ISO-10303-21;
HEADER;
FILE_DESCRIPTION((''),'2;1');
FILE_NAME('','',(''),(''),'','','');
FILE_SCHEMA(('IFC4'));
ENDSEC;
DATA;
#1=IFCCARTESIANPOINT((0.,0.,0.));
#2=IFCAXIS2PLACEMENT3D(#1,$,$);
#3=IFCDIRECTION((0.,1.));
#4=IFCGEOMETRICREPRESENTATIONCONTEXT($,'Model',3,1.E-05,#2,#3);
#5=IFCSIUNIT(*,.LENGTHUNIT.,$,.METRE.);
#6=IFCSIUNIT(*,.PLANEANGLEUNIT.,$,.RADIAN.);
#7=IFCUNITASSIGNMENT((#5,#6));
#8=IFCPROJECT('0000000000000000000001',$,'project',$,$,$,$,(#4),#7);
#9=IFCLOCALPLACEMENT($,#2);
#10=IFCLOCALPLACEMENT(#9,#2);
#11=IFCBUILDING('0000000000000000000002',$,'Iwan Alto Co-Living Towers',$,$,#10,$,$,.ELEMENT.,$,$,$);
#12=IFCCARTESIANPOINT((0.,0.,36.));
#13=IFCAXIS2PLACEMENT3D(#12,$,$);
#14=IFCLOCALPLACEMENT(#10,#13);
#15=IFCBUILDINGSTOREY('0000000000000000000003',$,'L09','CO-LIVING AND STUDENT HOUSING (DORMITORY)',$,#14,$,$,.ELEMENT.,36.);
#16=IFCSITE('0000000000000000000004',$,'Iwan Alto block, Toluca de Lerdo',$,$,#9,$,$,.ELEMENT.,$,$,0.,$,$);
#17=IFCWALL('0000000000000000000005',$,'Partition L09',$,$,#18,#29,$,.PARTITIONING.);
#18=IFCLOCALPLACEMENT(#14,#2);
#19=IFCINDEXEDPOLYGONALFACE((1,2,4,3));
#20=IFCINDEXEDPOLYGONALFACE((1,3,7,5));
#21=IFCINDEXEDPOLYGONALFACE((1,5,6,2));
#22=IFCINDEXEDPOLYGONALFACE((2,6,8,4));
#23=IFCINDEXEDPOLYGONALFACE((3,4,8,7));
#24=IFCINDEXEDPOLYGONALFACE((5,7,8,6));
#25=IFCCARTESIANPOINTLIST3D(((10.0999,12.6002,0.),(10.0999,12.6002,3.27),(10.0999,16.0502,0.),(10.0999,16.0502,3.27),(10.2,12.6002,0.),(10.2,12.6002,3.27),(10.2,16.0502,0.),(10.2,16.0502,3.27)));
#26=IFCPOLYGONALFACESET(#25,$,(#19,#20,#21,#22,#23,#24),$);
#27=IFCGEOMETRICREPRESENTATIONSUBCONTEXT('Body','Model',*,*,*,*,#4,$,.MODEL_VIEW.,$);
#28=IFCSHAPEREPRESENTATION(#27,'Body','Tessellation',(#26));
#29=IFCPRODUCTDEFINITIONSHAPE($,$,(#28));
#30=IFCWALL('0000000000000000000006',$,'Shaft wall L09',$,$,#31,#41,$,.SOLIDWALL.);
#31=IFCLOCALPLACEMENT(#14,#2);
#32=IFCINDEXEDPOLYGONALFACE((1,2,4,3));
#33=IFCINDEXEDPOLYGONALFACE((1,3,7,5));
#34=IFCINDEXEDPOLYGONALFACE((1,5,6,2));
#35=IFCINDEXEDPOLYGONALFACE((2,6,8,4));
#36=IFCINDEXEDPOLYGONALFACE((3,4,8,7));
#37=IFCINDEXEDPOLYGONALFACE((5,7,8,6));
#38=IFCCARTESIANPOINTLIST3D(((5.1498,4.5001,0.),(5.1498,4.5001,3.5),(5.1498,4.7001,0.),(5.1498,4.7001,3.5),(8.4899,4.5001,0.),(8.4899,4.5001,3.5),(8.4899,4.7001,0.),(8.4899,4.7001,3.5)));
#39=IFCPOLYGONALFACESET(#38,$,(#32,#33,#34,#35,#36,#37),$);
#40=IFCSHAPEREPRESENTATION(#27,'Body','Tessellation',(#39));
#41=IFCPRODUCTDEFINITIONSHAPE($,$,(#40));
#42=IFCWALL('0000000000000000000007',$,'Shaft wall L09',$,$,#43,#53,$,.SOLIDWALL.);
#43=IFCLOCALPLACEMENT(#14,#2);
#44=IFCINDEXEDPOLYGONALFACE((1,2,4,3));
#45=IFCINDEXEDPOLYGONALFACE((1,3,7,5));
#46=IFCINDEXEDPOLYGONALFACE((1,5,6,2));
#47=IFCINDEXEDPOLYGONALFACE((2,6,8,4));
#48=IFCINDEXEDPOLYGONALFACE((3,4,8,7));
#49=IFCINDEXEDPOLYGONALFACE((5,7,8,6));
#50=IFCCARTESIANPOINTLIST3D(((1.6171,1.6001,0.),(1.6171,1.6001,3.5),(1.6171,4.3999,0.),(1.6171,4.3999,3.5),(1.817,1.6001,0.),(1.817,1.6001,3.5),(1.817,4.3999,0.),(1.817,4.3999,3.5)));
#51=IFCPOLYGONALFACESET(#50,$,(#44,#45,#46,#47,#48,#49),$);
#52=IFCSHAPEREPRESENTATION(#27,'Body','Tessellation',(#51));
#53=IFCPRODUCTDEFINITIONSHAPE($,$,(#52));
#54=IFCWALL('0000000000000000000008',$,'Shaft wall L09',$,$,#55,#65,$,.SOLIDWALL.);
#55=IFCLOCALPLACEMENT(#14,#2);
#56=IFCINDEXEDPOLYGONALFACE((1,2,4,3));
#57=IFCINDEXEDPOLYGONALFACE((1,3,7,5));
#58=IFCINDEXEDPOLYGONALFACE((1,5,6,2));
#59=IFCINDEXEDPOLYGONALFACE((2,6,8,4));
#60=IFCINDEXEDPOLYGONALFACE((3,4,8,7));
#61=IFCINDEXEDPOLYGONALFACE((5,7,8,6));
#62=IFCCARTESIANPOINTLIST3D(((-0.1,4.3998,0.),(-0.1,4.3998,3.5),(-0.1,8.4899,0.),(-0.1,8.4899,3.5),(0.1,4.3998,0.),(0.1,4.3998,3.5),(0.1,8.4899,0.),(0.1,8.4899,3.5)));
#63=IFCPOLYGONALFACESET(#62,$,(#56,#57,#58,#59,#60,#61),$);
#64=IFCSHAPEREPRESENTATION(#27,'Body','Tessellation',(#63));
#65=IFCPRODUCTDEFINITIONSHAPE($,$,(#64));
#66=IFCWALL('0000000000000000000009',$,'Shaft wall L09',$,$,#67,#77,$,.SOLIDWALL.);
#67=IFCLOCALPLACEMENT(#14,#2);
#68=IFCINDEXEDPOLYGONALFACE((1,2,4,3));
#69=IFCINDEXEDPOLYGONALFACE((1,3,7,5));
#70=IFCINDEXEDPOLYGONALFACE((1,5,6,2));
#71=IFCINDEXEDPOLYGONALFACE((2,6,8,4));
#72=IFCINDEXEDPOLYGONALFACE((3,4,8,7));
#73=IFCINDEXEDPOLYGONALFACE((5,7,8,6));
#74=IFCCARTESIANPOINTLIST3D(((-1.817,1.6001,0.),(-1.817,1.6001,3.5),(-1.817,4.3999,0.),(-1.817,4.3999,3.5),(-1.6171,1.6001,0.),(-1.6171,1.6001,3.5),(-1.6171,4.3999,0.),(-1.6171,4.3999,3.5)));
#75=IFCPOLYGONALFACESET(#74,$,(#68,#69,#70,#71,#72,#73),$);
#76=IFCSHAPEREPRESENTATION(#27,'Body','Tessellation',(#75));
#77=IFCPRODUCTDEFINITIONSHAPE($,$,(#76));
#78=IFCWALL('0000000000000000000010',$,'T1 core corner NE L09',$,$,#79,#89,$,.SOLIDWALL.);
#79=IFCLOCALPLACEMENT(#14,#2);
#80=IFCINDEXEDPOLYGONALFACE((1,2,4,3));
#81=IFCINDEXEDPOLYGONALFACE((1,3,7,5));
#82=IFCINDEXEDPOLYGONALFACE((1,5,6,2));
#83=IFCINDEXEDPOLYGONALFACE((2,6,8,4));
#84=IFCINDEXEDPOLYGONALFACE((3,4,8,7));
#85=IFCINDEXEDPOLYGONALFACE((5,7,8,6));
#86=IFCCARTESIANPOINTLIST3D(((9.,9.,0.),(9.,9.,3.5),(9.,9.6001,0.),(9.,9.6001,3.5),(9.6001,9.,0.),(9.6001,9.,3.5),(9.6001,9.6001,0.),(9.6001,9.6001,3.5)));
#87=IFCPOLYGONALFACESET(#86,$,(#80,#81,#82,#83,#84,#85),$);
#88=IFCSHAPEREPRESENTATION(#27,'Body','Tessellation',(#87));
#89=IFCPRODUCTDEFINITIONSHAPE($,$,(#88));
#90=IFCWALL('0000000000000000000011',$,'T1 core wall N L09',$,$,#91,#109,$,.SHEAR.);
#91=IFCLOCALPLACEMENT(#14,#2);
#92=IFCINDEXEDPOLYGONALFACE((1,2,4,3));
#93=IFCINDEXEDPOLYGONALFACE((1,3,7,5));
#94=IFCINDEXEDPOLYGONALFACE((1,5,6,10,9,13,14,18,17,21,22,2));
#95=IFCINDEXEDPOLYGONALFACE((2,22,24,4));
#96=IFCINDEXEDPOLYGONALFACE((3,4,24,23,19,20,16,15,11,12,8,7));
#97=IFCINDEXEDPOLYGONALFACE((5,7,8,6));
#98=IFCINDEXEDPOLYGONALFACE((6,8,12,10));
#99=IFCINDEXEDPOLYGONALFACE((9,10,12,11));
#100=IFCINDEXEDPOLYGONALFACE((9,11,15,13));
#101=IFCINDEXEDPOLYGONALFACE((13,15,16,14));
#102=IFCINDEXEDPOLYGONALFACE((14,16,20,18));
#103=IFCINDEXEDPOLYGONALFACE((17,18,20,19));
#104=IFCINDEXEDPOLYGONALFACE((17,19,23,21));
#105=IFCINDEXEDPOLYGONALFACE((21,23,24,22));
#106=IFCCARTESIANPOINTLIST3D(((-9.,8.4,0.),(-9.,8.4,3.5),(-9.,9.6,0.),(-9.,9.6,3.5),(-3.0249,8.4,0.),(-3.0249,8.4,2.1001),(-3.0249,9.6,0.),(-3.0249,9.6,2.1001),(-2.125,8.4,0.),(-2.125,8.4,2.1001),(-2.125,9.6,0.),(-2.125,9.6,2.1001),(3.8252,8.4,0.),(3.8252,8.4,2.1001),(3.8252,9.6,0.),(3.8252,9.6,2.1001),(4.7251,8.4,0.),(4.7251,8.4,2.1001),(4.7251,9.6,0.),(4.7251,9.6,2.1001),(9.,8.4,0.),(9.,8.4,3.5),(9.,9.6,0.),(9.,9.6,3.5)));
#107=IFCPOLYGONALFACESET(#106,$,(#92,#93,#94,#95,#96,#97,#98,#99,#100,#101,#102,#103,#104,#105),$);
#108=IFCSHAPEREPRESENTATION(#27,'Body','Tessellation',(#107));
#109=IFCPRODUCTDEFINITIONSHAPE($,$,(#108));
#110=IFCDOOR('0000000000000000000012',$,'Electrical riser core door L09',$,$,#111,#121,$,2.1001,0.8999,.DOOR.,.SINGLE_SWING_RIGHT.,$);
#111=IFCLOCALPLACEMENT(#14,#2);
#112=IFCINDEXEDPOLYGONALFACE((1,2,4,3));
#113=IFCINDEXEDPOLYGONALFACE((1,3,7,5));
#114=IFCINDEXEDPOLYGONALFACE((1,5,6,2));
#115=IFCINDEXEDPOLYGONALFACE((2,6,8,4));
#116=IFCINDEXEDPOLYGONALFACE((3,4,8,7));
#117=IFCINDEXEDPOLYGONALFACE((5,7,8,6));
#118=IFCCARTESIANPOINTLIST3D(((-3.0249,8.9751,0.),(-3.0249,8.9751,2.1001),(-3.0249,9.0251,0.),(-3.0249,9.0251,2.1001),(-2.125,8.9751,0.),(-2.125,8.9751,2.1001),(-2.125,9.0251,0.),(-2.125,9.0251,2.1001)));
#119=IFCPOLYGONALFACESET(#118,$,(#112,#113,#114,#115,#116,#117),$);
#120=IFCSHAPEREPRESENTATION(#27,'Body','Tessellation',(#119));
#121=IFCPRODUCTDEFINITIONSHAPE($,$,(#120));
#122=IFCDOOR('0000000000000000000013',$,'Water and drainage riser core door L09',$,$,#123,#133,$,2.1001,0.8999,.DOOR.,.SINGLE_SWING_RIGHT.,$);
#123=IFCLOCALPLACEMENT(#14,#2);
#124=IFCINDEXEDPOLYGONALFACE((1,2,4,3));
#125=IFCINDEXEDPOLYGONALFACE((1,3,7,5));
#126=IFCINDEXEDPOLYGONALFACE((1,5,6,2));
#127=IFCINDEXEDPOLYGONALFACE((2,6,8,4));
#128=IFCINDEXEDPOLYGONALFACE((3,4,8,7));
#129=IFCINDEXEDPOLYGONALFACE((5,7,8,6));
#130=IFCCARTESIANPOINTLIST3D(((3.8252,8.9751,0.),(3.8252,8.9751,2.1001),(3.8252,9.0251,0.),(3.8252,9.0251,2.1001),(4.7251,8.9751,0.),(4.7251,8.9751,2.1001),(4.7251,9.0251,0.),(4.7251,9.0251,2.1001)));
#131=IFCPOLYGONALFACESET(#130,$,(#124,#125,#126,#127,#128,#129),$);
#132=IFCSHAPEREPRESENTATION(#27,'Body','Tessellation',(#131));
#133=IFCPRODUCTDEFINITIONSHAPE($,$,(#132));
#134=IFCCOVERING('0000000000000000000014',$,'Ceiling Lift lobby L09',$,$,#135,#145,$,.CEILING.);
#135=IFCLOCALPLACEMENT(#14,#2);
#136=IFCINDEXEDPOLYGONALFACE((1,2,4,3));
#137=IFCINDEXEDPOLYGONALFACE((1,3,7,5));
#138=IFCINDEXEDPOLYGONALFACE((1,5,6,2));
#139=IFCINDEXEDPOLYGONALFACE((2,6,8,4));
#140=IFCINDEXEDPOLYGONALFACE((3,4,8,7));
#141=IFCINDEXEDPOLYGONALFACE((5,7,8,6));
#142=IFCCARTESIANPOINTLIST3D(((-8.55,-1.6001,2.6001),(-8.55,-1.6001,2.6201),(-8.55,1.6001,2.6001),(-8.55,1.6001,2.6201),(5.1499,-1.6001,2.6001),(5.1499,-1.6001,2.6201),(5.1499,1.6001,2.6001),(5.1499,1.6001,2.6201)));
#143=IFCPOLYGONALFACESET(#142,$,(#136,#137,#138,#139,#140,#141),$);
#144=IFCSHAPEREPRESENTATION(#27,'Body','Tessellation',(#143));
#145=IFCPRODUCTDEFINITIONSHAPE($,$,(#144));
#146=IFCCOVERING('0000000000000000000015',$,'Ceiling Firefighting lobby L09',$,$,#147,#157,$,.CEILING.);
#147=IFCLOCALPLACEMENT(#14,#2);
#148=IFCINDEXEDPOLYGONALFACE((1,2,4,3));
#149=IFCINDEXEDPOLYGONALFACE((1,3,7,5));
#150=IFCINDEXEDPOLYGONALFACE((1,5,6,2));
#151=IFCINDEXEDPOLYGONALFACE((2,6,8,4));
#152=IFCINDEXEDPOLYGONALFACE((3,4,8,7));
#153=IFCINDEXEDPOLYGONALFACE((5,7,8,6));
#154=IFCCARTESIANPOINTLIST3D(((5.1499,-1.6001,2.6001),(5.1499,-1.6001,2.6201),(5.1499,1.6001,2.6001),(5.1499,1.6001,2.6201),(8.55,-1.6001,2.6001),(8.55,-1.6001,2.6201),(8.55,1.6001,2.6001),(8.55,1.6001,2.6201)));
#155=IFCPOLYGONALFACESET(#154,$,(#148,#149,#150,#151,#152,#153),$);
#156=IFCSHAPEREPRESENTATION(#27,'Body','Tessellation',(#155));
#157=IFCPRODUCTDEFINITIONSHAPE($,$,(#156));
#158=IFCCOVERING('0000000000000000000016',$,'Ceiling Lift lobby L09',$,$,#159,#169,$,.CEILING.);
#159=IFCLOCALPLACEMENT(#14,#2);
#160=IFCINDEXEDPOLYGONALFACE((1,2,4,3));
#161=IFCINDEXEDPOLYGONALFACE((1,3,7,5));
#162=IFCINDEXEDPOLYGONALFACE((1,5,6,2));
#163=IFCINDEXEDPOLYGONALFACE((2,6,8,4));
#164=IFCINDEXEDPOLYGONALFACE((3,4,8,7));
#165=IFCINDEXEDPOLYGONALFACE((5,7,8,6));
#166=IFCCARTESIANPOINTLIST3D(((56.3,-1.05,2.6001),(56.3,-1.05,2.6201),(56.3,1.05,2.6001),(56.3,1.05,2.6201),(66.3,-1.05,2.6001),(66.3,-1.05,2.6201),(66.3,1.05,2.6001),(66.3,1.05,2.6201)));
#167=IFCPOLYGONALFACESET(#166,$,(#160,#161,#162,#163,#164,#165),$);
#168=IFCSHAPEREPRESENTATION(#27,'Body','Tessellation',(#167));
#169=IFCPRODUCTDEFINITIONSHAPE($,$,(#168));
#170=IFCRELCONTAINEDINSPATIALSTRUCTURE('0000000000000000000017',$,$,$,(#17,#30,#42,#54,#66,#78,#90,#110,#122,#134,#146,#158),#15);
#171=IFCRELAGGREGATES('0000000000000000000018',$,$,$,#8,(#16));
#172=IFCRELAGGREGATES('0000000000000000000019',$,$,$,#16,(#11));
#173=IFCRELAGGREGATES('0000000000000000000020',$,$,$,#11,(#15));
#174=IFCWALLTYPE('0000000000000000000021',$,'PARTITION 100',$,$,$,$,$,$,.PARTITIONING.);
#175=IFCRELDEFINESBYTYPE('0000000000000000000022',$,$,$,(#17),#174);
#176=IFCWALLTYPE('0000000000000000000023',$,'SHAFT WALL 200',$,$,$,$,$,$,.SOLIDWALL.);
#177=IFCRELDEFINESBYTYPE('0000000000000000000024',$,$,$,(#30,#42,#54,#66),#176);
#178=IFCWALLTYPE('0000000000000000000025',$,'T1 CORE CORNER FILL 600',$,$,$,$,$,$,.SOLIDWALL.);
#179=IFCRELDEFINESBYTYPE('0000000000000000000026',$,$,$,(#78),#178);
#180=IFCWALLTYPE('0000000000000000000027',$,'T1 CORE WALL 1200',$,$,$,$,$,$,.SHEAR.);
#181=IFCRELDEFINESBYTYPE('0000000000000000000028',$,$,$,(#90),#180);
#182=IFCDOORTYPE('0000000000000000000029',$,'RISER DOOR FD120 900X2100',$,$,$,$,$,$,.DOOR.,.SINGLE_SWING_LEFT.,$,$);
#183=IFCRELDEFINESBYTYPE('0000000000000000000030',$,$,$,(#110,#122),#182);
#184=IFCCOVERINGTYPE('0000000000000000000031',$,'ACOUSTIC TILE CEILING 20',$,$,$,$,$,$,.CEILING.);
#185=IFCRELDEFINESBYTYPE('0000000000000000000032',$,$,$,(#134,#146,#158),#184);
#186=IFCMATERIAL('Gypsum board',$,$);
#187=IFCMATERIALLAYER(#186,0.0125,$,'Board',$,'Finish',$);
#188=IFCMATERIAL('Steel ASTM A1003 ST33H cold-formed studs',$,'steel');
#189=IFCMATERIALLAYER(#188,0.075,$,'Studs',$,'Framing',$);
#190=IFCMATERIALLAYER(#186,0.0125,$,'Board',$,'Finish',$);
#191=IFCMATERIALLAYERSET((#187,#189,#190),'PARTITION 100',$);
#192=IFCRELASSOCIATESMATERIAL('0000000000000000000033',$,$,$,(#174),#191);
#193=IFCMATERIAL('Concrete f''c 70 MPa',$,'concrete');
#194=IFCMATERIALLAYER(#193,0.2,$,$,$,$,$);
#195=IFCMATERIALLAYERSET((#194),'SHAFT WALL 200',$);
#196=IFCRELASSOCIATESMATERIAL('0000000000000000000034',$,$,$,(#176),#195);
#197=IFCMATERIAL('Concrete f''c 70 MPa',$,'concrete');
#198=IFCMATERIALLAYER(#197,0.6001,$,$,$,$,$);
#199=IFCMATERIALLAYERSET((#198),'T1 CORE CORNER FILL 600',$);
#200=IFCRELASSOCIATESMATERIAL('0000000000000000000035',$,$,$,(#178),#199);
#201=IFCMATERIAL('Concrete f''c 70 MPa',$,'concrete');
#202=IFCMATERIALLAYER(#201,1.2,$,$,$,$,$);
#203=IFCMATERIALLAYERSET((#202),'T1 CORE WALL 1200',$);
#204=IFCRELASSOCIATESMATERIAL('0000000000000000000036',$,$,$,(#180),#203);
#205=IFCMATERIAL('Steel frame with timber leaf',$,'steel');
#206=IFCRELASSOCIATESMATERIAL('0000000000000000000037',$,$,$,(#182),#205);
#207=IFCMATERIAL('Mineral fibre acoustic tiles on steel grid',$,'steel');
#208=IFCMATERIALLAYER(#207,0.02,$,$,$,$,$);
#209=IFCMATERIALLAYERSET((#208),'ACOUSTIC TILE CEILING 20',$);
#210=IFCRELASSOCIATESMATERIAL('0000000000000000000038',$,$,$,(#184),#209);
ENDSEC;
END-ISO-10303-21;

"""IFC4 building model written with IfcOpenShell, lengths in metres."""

from ifc_helpers import new_model, si_unit, direction, frame, frame_2d, origin, place, context, subcontext, project, spatial, polyline, rectangle, outline, extrude, material, layer, layer_set, type_object, element, fill, save


model = new_model("IFC4")

# Units and contexts
model_context = context("Model", 3, precision=1e-05, world=origin(), true_north=direction((0.0, 1.0)))
body_context = subcontext(model_context, "Body", "Model", "MODEL_VIEW")
ifc_project = project(units=[si_unit("LENGTHUNIT", "METRE"), si_unit("PLANEANGLEUNIT", "RADIAN")], contexts=[model_context])

# Site, building, storey
site_placement = place(None, origin())
site = spatial("IfcSite", under=ifc_project, at=site_placement, Name="Iwan Alto block, Toluca de Lerdo", CompositionType="ELEMENT", RefElevation=0.0)
building_placement = place(site_placement, origin())
building = spatial("IfcBuilding", under=site, at=building_placement, Name="Iwan Alto Co-Living Towers", CompositionType="ELEMENT")
storey_placement = place(building_placement, frame((0.0, 0.0, 36.0)))
storey = spatial("IfcBuildingStorey", under=building, at=storey_placement, Name="L09", Description="CO-LIVING AND STUDENT HOUSING (DORMITORY)", CompositionType="ELEMENT", Elevation=36.0)

# Walls
ifc_material_1 = material(Name="Gypsum board")
ifc_layer_1 = layer(ifc_material_1, 0.0125, Name="Board", Category="Finish")
ifc_material_2 = material(Name="Steel ASTM A1003 ST33H cold-formed studs", Category="steel")
ifc_layer_2 = layer(ifc_material_2, 0.075, Name="Studs", Category="Framing")
ifc_layer_3 = layer(ifc_material_1, 0.0125, Name="Board", Category="Finish")
ifc_layer_set_1 = layer_set([ifc_layer_1, ifc_layer_2, ifc_layer_3], Name="PARTITION 100")
wall_type_1 = type_object("IfcWallType", Name="PARTITION 100", PredefinedType="PARTITIONING", material=ifc_layer_set_1)
wall_1_placement = place(storey_placement, frame((10.1499, 12.6001, 0.0), z_axis=(0.0, 0.0, 1.0), x_axis=(0.0, 1.0, 0.0)))
element("IfcWall", 1, at=wall_1_placement, inside=storey, type_object=wall_type_1, Name="Partition L09", PredefinedType="PARTITIONING", context=body_context, shape_type="SweptSolid", body=[
    extrude(rectangle(XDim=3.45, YDim=0.1001, at=frame_2d((1.7251, 0.0))), origin(), (0.0, 0.0, 1.0), 3.27),
])
ifc_material_3 = material(Name="Concrete f'c 70 MPa", Category="concrete")
ifc_layer_4 = layer(ifc_material_3, 0.2)
ifc_layer_set_2 = layer_set([ifc_layer_4], Name="SHAFT WALL 200")
wall_type_2 = type_object("IfcWallType", Name="SHAFT WALL 200", PredefinedType="SOLIDWALL", material=ifc_layer_set_2)
wall_2_placement = place(storey_placement, frame((5.1499, 4.6001, 0.0), z_axis=(0.0, 0.0, 1.0), x_axis=(1.0, 0.0, 0.0)))
element("IfcWall", 2, at=wall_2_placement, inside=storey, type_object=wall_type_2, Name="Shaft wall L09", PredefinedType="SOLIDWALL", context=body_context, shape_type="SweptSolid", body=[
    extrude(rectangle(XDim=3.3401, YDim=0.2, at=frame_2d((1.6699, 0.0))), origin(), (0.0, 0.0, 1.0), 3.5),
])
wall_3_placement = place(storey_placement, frame((1.717, 1.6001, 0.0), z_axis=(0.0, 0.0, 1.0), x_axis=(0.0, 1.0, 0.0)))
element("IfcWall", 3, at=wall_3_placement, inside=storey, type_object=wall_type_2, Name="Shaft wall L09", PredefinedType="SOLIDWALL", context=body_context, shape_type="SweptSolid", body=[
    extrude(rectangle(XDim=2.7998, YDim=0.2, at=frame_2d((1.3999, 0.0))), origin(), (0.0, 0.0, 1.0), 3.5),
])
wall_4_placement = place(storey_placement, frame((0.0, 4.3999, 0.0), z_axis=(0.0, 0.0, 1.0), x_axis=(0.0, 1.0, 0.0)))
element("IfcWall", 4, at=wall_4_placement, inside=storey, type_object=wall_type_2, Name="Shaft wall L09", PredefinedType="SOLIDWALL", context=body_context, shape_type="SweptSolid", body=[
    extrude(rectangle(XDim=4.0901, YDim=0.2, at=frame_2d((2.0449, 0.0))), origin(), (0.0, 0.0, 1.0), 3.5),
])
wall_5_placement = place(storey_placement, frame((-1.717, 1.6001, 0.0), z_axis=(0.0, 0.0, 1.0), x_axis=(0.0, 1.0, 0.0)))
element("IfcWall", 5, at=wall_5_placement, inside=storey, type_object=wall_type_2, Name="Shaft wall L09", PredefinedType="SOLIDWALL", context=body_context, shape_type="SweptSolid", body=[
    extrude(rectangle(XDim=2.7998, YDim=0.2, at=frame_2d((1.3999, 0.0))), origin(), (0.0, 0.0, 1.0), 3.5),
])
ifc_material_4 = material(Name="Concrete f'c 70 MPa", Category="concrete")
ifc_layer_5 = layer(ifc_material_4, 0.6001)
ifc_layer_set_3 = layer_set([ifc_layer_5], Name="T1 CORE CORNER FILL 600")
wall_type_3 = type_object("IfcWallType", Name="T1 CORE CORNER FILL 600", PredefinedType="SOLIDWALL", material=ifc_layer_set_3)
wall_6_placement = place(storey_placement, frame((9.0, 9.3, 0.0), z_axis=(0.0, 0.0, 1.0), x_axis=(1.0, 0.0, 0.0)))
element("IfcWall", 6, at=wall_6_placement, inside=storey, type_object=wall_type_3, Name="T1 core corner NE L09", PredefinedType="SOLIDWALL", context=body_context, shape_type="SweptSolid", body=[
    extrude(rectangle(XDim=0.6001, YDim=0.6001, at=frame_2d((0.3, 0.0))), origin(), (0.0, 0.0, 1.0), 3.5),
])

# Wall, openings, doors
ifc_material_5 = material(Name="Concrete f'c 70 MPa", Category="concrete")
ifc_layer_6 = layer(ifc_material_5, 1.2)
ifc_layer_set_4 = layer_set([ifc_layer_6], Name="T1 CORE WALL 1200")
wall_type_4 = type_object("IfcWallType", Name="T1 CORE WALL 1200", PredefinedType="SHEAR", material=ifc_layer_set_4)
wall_7_placement = place(storey_placement, frame((9.0, 9.0, 0.0), z_axis=(0.0, 0.0, 1.0), x_axis=(-1.0, 0.0, 0.0)))
wall_7 = element("IfcWall", 7, at=wall_7_placement, inside=storey, type_object=wall_type_4, Name="T1 core wall N L09", PredefinedType="SHEAR", context=body_context, shape_type="SweptSolid", body=[
    extrude(rectangle(XDim=18.0, YDim=1.2, at=frame_2d((9.0, 0.0))), origin(), (0.0, 0.0, 1.0), 3.5),
])
opening_1_placement = place(wall_7_placement, frame((11.125, 0.0, 0.0)))
opening_1 = element("IfcOpeningElement", 8, at=opening_1_placement, cuts=wall_7, PredefinedType="OPENING", context=body_context, shape_type="SweptSolid", body=[
    extrude(rectangle(XDim=0.8999, YDim=2.1001, at=frame_2d((0.45, 1.05))), frame((0.0, 0.6099, 0.0), z_axis=(0.0, -1.0, 0.0), x_axis=(1.0, 0.0, 0.0)), (0.0, 0.0, 1.0), 1.22),
])
opening_2_placement = place(wall_7_placement, frame((4.2749, 0.0, 0.0)))
opening_2 = element("IfcOpeningElement", 9, at=opening_2_placement, cuts=wall_7, PredefinedType="OPENING", context=body_context, shape_type="SweptSolid", body=[
    extrude(rectangle(XDim=0.8999, YDim=2.1001, at=frame_2d((0.45, 1.05))), frame((0.0, 0.6099, 0.0), z_axis=(0.0, -1.0, 0.0), x_axis=(1.0, 0.0, 0.0)), (0.0, 0.0, 1.0), 1.22),
])
ifc_material_6 = material(Name="Steel frame with timber leaf", Category="steel")
door_type = type_object("IfcDoorType", Name="RISER DOOR FD120 900X2100", OperationType="SINGLE_SWING_LEFT", PredefinedType="DOOR", material=ifc_material_6)
door_1_placement = place(opening_1_placement, origin())
door_1 = element("IfcDoor", 10, at=door_1_placement, inside=storey, type_object=door_type, Name="Electrical riser core door L09", OperationType="SINGLE_SWING_RIGHT", OverallHeight=2.1001, OverallWidth=0.8999, PredefinedType="DOOR", context=body_context, shape_type="SweptSolid", body=[
    extrude(rectangle(XDim=0.8999, YDim=2.1001, at=frame_2d((0.45, 1.05))), frame((0.0, 0.0249, 0.0), z_axis=(0.0, -1.0, 0.0), x_axis=(1.0, 0.0, 0.0)), (0.0, 0.0, 1.0), 0.05),
])
fill(opening_1, door_1)
door_2_placement = place(opening_2_placement, origin())
door_2 = element("IfcDoor", 11, at=door_2_placement, inside=storey, type_object=door_type, Name="Water and drainage riser core door L09", OperationType="SINGLE_SWING_RIGHT", OverallHeight=2.1001, OverallWidth=0.8999, PredefinedType="DOOR", context=body_context, shape_type="SweptSolid", body=[
    extrude(rectangle(XDim=0.8999, YDim=2.1001, at=frame_2d((0.45, 1.05))), frame((0.0, 0.0249, 0.0), z_axis=(0.0, -1.0, 0.0), x_axis=(1.0, 0.0, 0.0)), (0.0, 0.0, 1.0), 0.05),
])
fill(opening_2, door_2)

# Coverings
ifc_material_7 = material(Name="Mineral fibre acoustic tiles on steel grid", Category="steel")
ifc_layer_7 = layer(ifc_material_7, 0.02)
ifc_layer_set_5 = layer_set([ifc_layer_7], Name="ACOUSTIC TILE CEILING 20")
covering_type_1 = type_object("IfcCoveringType", Name="ACOUSTIC TILE CEILING 20", PredefinedType="CEILING", material=ifc_layer_set_5)
covering_1_placement = place(storey_placement, frame((0.0, 0.0, 2.6001)))
element("IfcCovering", 12, at=covering_1_placement, inside=storey, type_object=covering_type_1, Name="Ceiling Lift lobby L09", PredefinedType="CEILING", context=body_context, shape_type="SweptSolid", body=[
    extrude(outline(polyline([(-8.55, -1.6001), (-8.55, 1.6001), (5.1499, 1.6001), (5.1499, -1.6001), (-8.55, -1.6001)])), origin(), (0.0, 0.0, 1.0), 0.02),
])
covering_2_placement = place(storey_placement, frame((0.0, 0.0, 2.6001)))
element("IfcCovering", 13, at=covering_2_placement, inside=storey, type_object=covering_type_1, Name="Ceiling Firefighting lobby L09", PredefinedType="CEILING", context=body_context, shape_type="SweptSolid", body=[
    extrude(outline(polyline([(5.1499, -1.6001), (5.1499, 1.6001), (8.55, 1.6001), (8.55, -1.6001), (5.1499, -1.6001)])), origin(), (0.0, 0.0, 1.0), 0.02),
])
covering_3_placement = place(storey_placement, frame((0.0, 0.0, 2.6001)))
element("IfcCovering", 14, at=covering_3_placement, inside=storey, type_object=covering_type_1, Name="Ceiling Lift lobby L09", PredefinedType="CEILING", context=body_context, shape_type="SweptSolid", body=[
    extrude(outline(polyline([(56.3, -1.05), (56.3, 1.05), (66.3, 1.05), (66.3, -1.05), (56.3, -1.05)])), origin(), (0.0, 0.0, 1.0), 0.02),
])

save(model, "model.ifc")
